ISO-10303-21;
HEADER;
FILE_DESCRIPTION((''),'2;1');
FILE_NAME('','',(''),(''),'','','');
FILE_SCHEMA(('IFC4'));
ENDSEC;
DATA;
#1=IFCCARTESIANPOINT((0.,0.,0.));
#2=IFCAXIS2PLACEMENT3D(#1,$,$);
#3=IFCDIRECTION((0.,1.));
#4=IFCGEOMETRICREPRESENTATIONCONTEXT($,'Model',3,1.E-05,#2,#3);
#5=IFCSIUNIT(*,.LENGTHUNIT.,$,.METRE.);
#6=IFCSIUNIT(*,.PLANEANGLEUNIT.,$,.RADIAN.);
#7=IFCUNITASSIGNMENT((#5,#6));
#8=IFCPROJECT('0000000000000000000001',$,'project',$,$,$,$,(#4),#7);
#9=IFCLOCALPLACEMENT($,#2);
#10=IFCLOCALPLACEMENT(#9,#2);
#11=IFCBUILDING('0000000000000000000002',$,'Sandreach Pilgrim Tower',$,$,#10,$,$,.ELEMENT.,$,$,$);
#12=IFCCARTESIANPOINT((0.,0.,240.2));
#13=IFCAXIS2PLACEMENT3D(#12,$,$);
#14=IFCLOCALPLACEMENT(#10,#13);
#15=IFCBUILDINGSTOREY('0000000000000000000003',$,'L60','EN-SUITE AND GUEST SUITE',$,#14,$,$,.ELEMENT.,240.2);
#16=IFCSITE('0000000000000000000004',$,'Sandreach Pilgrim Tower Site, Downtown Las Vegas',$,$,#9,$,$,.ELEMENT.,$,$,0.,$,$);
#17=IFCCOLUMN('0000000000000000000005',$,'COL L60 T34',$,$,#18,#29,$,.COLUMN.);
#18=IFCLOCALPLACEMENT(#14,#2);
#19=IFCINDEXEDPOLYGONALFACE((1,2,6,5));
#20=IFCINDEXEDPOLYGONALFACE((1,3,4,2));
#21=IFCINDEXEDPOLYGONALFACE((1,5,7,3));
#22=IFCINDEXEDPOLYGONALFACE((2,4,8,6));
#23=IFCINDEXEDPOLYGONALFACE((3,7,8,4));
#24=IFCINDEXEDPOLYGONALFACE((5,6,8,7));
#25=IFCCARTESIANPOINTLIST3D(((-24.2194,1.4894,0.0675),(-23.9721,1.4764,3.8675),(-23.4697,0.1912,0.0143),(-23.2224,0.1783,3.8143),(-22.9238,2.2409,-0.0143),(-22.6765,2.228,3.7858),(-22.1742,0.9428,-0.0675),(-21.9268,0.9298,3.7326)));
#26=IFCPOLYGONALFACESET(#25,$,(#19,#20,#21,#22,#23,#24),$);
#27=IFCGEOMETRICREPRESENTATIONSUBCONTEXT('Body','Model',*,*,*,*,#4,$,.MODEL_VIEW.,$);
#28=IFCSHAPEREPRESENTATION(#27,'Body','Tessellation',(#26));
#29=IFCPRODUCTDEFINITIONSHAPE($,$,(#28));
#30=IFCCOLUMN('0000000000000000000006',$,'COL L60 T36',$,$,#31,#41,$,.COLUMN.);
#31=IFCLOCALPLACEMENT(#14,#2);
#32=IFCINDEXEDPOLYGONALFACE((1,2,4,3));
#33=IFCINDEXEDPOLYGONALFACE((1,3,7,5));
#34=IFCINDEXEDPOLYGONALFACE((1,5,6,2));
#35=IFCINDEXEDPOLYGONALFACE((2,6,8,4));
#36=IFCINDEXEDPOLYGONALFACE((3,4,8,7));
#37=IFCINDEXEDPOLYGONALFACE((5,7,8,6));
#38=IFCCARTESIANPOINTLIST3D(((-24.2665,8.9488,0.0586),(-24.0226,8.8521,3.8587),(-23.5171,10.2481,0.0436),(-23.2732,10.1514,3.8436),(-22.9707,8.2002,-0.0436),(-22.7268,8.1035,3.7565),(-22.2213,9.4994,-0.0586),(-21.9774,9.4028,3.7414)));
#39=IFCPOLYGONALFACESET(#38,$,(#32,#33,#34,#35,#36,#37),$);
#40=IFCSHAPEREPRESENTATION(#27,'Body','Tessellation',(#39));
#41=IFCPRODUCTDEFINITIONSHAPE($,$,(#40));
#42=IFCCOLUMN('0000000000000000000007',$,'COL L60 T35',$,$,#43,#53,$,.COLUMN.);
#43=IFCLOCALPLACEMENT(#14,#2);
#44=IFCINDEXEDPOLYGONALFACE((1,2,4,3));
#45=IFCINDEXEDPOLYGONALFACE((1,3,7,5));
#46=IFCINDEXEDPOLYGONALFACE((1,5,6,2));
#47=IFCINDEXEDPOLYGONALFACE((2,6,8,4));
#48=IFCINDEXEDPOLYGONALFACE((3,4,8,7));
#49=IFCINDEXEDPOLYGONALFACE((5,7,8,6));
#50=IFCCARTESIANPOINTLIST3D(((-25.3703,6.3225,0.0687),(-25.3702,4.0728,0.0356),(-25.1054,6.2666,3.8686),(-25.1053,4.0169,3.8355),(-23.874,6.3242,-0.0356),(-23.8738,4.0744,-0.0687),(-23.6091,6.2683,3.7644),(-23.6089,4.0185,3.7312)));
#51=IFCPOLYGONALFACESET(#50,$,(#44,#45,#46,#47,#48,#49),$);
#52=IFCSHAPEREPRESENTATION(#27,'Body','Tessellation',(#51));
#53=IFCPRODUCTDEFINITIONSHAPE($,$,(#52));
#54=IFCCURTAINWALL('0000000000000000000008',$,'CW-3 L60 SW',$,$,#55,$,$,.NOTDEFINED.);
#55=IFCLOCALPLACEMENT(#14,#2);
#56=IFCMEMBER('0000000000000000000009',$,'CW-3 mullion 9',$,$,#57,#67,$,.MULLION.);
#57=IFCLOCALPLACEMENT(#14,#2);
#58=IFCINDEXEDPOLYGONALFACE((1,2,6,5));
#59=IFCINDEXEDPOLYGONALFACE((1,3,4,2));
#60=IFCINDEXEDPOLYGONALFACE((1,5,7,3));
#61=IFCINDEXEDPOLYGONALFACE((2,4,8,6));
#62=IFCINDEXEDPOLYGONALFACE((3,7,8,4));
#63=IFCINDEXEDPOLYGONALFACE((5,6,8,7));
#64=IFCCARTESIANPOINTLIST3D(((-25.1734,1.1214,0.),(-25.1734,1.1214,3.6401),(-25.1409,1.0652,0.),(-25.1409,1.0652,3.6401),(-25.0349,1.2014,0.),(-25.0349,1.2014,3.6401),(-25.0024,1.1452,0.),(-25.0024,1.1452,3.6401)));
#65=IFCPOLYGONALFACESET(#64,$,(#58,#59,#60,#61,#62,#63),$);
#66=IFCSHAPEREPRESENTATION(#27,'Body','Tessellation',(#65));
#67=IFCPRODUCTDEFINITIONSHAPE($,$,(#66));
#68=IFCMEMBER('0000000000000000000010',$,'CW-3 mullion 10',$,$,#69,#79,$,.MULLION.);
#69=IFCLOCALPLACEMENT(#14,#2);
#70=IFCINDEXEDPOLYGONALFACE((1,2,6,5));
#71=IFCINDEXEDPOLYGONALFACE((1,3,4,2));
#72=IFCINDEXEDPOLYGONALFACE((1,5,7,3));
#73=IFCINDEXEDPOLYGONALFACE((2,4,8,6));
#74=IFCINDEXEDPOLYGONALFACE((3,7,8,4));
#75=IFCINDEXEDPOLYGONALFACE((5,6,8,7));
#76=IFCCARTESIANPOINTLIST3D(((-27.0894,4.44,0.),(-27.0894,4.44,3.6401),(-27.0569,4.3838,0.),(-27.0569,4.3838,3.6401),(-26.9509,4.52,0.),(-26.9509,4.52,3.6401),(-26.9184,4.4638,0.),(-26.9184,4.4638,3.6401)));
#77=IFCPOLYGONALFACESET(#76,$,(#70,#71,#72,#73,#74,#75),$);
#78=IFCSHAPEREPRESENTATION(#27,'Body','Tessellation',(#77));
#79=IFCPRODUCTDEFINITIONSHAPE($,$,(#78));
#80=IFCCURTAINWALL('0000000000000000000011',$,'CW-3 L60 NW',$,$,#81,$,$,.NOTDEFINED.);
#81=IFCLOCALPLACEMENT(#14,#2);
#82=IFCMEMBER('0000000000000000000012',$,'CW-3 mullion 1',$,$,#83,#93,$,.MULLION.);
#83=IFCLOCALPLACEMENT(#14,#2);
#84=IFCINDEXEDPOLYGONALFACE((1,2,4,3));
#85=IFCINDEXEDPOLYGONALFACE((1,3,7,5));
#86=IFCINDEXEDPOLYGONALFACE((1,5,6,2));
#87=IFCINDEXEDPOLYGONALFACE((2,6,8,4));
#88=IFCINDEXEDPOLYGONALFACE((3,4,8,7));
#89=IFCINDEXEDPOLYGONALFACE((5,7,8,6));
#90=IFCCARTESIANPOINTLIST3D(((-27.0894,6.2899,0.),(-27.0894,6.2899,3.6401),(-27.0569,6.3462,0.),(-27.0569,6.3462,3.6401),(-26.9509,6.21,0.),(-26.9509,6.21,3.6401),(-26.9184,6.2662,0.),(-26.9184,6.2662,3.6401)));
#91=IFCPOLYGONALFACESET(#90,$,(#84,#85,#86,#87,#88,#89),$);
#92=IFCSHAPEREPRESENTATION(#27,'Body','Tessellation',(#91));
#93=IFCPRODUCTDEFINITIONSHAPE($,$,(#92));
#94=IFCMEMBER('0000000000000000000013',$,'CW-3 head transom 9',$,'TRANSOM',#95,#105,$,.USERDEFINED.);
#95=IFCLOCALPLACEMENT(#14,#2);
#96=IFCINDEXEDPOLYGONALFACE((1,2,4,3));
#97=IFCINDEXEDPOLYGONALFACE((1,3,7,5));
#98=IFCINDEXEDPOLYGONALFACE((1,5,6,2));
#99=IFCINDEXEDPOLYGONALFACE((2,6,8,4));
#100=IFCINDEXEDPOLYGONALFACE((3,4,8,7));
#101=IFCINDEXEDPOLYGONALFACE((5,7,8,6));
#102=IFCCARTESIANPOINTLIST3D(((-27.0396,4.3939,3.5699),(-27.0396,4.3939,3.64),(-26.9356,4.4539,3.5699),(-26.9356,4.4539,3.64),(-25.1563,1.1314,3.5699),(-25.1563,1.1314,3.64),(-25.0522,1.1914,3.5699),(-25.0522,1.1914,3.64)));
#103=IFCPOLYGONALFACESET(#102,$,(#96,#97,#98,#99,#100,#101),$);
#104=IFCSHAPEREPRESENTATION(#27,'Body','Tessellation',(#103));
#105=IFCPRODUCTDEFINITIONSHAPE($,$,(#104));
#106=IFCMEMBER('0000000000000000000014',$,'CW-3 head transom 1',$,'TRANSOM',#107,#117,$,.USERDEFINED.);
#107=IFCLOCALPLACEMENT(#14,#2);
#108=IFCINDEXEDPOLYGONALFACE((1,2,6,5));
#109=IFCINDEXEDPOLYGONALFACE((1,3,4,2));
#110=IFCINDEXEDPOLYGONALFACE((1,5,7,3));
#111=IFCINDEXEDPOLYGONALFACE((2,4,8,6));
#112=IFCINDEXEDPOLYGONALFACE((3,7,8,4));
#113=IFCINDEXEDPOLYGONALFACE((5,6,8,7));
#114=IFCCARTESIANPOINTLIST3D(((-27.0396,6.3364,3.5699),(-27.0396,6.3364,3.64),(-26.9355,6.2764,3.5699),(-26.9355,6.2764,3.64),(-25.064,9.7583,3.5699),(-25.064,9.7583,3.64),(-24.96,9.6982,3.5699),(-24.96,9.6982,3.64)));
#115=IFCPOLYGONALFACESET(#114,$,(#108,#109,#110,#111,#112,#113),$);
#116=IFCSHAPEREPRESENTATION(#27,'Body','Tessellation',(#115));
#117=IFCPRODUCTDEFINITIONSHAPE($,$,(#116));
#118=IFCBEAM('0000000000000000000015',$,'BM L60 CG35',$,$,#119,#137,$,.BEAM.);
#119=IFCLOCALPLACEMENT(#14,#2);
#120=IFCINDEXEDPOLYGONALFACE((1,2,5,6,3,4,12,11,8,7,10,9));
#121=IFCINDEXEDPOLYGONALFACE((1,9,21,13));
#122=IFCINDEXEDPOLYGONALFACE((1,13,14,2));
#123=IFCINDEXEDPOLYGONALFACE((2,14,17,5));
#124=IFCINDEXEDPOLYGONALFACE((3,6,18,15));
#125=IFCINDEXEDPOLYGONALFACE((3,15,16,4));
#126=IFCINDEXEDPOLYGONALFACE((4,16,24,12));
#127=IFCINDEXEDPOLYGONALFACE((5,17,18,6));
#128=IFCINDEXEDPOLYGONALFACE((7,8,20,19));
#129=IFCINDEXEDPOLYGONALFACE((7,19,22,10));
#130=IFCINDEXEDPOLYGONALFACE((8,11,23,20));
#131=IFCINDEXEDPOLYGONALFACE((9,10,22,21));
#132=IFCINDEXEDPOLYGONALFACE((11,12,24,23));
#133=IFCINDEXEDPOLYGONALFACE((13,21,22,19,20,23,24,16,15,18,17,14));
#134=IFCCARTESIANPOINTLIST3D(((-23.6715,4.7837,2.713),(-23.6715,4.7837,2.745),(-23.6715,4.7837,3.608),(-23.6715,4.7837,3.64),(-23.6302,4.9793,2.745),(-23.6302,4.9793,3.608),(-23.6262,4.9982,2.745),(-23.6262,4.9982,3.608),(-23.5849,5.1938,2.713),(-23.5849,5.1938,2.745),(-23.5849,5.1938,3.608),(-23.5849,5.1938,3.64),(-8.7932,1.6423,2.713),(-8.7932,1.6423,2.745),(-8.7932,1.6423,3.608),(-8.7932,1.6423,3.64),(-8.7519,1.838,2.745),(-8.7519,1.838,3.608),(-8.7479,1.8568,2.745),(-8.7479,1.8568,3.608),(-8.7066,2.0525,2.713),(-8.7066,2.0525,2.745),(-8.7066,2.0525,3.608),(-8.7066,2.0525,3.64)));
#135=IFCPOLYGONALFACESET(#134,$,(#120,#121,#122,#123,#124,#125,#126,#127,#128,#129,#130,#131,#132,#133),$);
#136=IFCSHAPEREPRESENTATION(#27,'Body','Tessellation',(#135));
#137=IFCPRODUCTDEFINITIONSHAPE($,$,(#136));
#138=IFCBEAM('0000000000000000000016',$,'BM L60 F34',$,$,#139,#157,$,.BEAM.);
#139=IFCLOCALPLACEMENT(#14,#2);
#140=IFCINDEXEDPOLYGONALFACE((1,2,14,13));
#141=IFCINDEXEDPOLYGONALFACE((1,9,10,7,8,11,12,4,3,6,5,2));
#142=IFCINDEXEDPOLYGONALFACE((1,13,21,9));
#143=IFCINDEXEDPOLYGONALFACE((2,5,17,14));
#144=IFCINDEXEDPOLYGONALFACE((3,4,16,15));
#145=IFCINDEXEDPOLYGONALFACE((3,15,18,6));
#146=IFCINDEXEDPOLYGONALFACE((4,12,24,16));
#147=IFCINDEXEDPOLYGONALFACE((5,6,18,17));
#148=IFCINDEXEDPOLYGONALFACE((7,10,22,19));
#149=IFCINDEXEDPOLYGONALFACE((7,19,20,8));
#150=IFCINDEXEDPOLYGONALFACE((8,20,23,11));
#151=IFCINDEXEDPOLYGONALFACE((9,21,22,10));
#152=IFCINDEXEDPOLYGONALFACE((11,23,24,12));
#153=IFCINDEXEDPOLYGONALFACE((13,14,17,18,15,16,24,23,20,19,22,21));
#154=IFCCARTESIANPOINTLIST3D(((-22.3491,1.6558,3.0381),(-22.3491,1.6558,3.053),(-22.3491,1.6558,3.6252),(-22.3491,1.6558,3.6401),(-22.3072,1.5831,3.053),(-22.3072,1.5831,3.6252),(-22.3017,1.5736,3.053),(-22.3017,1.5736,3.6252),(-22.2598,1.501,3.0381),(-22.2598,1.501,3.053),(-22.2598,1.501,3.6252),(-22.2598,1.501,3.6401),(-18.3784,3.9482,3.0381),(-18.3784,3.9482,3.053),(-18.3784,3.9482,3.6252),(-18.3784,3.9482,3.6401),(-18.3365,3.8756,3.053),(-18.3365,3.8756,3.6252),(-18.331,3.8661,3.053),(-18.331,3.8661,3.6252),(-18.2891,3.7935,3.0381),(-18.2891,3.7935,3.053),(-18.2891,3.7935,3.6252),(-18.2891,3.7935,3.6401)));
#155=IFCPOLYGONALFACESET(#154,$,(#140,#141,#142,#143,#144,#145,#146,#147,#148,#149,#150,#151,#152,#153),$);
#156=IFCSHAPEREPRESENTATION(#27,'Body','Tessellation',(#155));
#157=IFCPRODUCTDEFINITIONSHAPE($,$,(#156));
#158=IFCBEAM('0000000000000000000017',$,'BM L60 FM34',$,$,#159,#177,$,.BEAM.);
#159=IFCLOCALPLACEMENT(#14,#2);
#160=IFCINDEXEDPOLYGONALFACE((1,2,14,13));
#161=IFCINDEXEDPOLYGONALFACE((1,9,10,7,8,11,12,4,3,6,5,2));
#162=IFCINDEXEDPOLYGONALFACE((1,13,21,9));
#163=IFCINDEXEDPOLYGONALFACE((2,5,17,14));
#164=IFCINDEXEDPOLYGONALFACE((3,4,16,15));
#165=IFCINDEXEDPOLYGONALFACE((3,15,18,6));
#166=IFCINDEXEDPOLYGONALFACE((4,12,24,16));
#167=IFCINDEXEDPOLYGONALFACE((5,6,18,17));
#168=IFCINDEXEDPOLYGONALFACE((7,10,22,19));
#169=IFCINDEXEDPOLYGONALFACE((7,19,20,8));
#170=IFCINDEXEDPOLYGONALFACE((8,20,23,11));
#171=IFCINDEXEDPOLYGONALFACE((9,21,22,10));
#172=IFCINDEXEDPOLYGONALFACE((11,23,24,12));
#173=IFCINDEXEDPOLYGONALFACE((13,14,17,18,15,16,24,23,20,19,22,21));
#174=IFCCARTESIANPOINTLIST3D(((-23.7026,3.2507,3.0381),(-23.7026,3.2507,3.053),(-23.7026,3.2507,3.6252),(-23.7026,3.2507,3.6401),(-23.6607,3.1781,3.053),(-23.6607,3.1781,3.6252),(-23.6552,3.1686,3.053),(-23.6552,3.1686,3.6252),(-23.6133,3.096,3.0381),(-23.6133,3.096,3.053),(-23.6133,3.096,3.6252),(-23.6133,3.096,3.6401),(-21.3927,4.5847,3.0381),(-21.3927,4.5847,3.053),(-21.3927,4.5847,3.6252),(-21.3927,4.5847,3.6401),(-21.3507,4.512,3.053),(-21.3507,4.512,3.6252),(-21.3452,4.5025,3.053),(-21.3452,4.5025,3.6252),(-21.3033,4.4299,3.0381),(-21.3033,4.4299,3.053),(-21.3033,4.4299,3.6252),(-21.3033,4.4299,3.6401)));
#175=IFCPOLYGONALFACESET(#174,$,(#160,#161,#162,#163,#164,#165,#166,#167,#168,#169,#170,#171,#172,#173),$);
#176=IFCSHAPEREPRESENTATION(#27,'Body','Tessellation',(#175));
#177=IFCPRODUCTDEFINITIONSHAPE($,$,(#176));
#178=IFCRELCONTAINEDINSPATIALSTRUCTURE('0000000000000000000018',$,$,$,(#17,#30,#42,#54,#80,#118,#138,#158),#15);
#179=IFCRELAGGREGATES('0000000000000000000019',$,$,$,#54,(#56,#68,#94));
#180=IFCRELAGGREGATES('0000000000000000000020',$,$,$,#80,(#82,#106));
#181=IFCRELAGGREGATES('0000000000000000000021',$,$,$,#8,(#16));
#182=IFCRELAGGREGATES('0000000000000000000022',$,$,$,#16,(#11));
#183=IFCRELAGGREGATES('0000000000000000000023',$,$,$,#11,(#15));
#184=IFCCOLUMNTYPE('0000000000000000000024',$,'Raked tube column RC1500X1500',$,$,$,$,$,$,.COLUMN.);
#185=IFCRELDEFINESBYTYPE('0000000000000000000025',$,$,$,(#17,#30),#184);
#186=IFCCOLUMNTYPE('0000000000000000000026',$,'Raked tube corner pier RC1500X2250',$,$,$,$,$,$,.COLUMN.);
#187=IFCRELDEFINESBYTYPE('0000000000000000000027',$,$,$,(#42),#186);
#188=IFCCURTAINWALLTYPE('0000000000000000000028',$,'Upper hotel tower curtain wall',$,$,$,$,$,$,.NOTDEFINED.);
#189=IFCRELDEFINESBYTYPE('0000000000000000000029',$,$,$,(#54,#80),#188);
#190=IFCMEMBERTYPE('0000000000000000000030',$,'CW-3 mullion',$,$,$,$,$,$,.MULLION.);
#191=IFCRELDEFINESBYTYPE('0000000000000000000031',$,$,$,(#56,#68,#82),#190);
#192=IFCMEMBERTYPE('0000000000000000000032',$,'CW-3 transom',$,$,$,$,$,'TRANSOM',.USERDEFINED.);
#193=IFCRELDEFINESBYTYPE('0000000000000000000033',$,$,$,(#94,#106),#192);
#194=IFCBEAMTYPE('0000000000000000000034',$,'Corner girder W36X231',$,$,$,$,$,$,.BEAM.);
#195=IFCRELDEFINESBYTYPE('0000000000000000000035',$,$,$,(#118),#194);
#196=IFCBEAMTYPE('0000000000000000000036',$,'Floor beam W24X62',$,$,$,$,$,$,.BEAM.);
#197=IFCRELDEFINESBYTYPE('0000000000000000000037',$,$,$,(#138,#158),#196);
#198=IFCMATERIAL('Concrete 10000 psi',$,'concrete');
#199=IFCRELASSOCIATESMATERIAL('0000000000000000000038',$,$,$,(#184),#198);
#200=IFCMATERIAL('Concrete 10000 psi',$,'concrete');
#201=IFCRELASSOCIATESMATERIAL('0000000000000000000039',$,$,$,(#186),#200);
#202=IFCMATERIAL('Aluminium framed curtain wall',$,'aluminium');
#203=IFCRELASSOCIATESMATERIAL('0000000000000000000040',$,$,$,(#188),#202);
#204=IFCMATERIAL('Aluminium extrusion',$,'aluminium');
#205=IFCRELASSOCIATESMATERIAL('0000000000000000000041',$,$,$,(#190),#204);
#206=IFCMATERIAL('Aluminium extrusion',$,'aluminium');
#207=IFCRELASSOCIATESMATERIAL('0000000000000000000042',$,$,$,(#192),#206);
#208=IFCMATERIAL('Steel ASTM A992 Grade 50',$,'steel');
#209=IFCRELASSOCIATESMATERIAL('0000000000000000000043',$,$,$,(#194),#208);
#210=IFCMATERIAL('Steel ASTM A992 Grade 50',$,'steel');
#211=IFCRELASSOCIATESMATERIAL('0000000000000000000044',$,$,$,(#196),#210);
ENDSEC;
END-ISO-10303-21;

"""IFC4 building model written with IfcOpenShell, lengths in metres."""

from ifc_helpers import new_model, si_unit, direction, frame, origin, origin_2d, place, context, subcontext, project, spatial, rectangle, i_section, extrude, material, material_profile, profile_set, type_object, element, aggregate, save


model = new_model("IFC4")

# Units and contexts
model_context = context("Model", 3, precision=1e-05, world=origin(), true_north=direction((0.0, 1.0)))
body_context = subcontext(model_context, "Body", "Model", "MODEL_VIEW")
ifc_project = project(units=[si_unit("LENGTHUNIT", "METRE"), si_unit("PLANEANGLEUNIT", "RADIAN")], contexts=[model_context])

# Site, building, storey
site_placement = place(None, origin())
site = spatial("IfcSite", under=ifc_project, at=site_placement, Name="Sandreach Pilgrim Tower Site, Downtown Las Vegas", CompositionType="ELEMENT", RefElevation=0.0)
building_placement = place(site_placement, origin())
building = spatial("IfcBuilding", under=site, at=building_placement, Name="Sandreach Pilgrim Tower", CompositionType="ELEMENT")
storey_placement = place(building_placement, frame((0.0, 0.0, 240.2)))
storey = spatial("IfcBuildingStorey", under=building, at=storey_placement, Name="L60", Description="EN-SUITE AND GUEST SUITE", CompositionType="ELEMENT", Elevation=240.2)

# Columns
ifc_material_1 = material(Name="Concrete 10000 psi", Category="concrete")
ifc_material_profile_1 = material_profile(ifc_material_1, rectangle(XDim=1.5, YDim=1.5, at=origin_2d()), Name="RC1500X1500")
ifc_profile_set_1 = profile_set([ifc_material_profile_1], Name="Concrete 10000 psi")
column_type_1 = type_object("IfcColumnType", Name="Raked tube column RC1500X1500", PredefinedType="COLUMN", material=ifc_profile_set_1)
column_1_placement = place(storey_placement, frame((-23.1968, 1.2161, 0.0), z_axis=(0.064944, -0.003398, 0.997883), x_axis=(-0.863717, -0.50102, 0.054506)))
element("IfcColumn", 1, at=column_1_placement, inside=storey, type_object=column_type_1, Name="COL L60 T34", PredefinedType="COLUMN", context=body_context, shape_type="SweptSolid", body=[
    extrude(rectangle(XDim=1.5, YDim=1.5, at=origin_2d()), origin(), (0.0, 0.0, 1.0), 3.8081),
])
column_2_placement = place(storey_placement, frame((-23.2439, 9.2241, 0.0), z_axis=(0.06403, -0.025381, 0.997625), x_axis=(-0.863863, 0.499096, 0.068143)))
element("IfcColumn", 2, at=column_2_placement, inside=storey, type_object=column_type_1, Name="COL L60 T36", PredefinedType="COLUMN", context=body_context, shape_type="SweptSolid", body=[
    extrude(rectangle(XDim=1.5, YDim=1.5, at=origin_2d()), origin(), (0.0, 0.0, 1.0), 3.8091),
])
ifc_material_2 = material(Name="Concrete 10000 psi", Category="concrete")
ifc_material_profile_2 = material_profile(ifc_material_2, rectangle(XDim=1.5, YDim=2.25, at=origin_2d()), Name="RC1500X2250")
ifc_profile_set_2 = profile_set([ifc_material_profile_2], Name="Concrete 10000 psi")
column_type_2 = type_object("IfcColumnType", Name="Raked tube corner pier RC1500X2250", PredefinedType="COLUMN", material=ifc_profile_set_2)
column_3_placement = place(storey_placement, frame((-24.6221, 5.1985, 0.0), z_axis=(0.069531, -0.014675, 0.997472), x_axis=(-0.99758, -0.001093, 0.069523)))
element("IfcColumn", 3, at=column_3_placement, inside=storey, type_object=column_type_2, Name="COL L60 T35", PredefinedType="COLUMN", context=body_context, shape_type="SweptSolid", body=[
    extrude(rectangle(XDim=1.5, YDim=2.25, at=origin_2d()), origin(), (0.0, 0.0, 1.0), 3.8096),
])

# Curtain wall, members
ifc_material_3 = material(Name="Aluminium framed curtain wall", Category="aluminium")
curtain_wall_type = type_object("IfcCurtainWallType", Name="Upper hotel tower curtain wall", PredefinedType="NOTDEFINED", material=ifc_material_3)
curtain_wall_1_placement = place(storey_placement, origin())
curtain_wall_1 = element("IfcCurtainWall", 4, at=curtain_wall_1_placement, inside=storey, type_object=curtain_wall_type, Name="CW-3 L60 SW", PredefinedType="NOTDEFINED")
ifc_material_4 = material(Name="Aluminium extrusion", Category="aluminium")
ifc_material_profile_3 = material_profile(ifc_material_4, rectangle(XDim=0.0649, YDim=0.1599, at=origin_2d()), Name="CW-3M 65X160")
ifc_profile_set_3 = profile_set([ifc_material_profile_3], Name="Aluminium extrusion")
member_type_1 = type_object("IfcMemberType", Name="CW-3 mullion", PredefinedType="MULLION", material=ifc_profile_set_3)
member_1_placement = place(storey_placement, frame((-25.0879, 1.1333, 0.0), z_axis=(0.0, 0.0, 1.0), x_axis=(-0.5, 0.866025, 0.0)))
member_1 = element("IfcMember", 5, at=member_1_placement, type_object=member_type_1, Name="CW-3 mullion 9", PredefinedType="MULLION", context=body_context, shape_type="SweptSolid", body=[
    extrude(rectangle(XDim=0.0649, YDim=0.1599, at=origin_2d()), origin(), (0.0, 0.0, 1.0), 3.6401),
])
member_2_placement = place(storey_placement, frame((-27.0039, 4.4519, 0.0), z_axis=(0.0, 0.0, 1.0), x_axis=(-0.5, 0.866025, 0.0)))
member_2 = element("IfcMember", 6, at=member_2_placement, type_object=member_type_1, Name="CW-3 mullion 10", PredefinedType="MULLION", context=body_context, shape_type="SweptSolid", body=[
    extrude(rectangle(XDim=0.0649, YDim=0.1599, at=origin_2d()), origin(), (0.0, 0.0, 1.0), 3.6401),
])

# Curtain wall, member
curtain_wall_2_placement = place(storey_placement, origin())
curtain_wall_2 = element("IfcCurtainWall", 7, at=curtain_wall_2_placement, inside=storey, type_object=curtain_wall_type, Name="CW-3 L60 NW", PredefinedType="NOTDEFINED")
member_3_placement = place(storey_placement, frame((-27.0039, 6.2781, 0.0), z_axis=(0.0, 0.0, 1.0), x_axis=(0.5, 0.866025, 0.0)))
member_3 = element("IfcMember", 8, at=member_3_placement, type_object=member_type_1, Name="CW-3 mullion 1", PredefinedType="MULLION", context=body_context, shape_type="SweptSolid", body=[
    extrude(rectangle(XDim=0.0649, YDim=0.1599, at=origin_2d()), origin(), (0.0, 0.0, 1.0), 3.6401),
])

# Members
ifc_material_5 = material(Name="Aluminium extrusion", Category="aluminium")
ifc_material_profile_4 = material_profile(ifc_material_5, rectangle(XDim=0.1201, YDim=0.0701, at=origin_2d()), Name="CW-3T 120X70")
ifc_profile_set_4 = profile_set([ifc_material_profile_4], Name="Aluminium extrusion")
member_type_2 = type_object("IfcMemberType", Name="CW-3 transom", ElementType="TRANSOM", PredefinedType="USERDEFINED", material=ifc_profile_set_4)
member_4_placement = place(storey_placement, frame((-25.1042, 1.1614, 3.605), z_axis=(-0.499945, 0.866057, 0.0), x_axis=(-0.866057, -0.499945, 0.0)))
member_4 = element("IfcMember", 9, at=member_4_placement, type_object=member_type_2, Name="CW-3 head transom 9", ObjectType="TRANSOM", PredefinedType="USERDEFINED", context=body_context, shape_type="SweptSolid", body=[
    extrude(rectangle(XDim=0.1201, YDim=0.0701, at=origin_2d()), origin(), (0.0, 0.0, 1.0), 3.7671),
])
member_5_placement = place(storey_placement, frame((-26.9875, 6.3064, 3.605), z_axis=(0.499993, 0.866029, 0.0), x_axis=(-0.866029, 0.499993, 0.0)))
member_5 = element("IfcMember", 10, at=member_5_placement, type_object=member_type_2, Name="CW-3 head transom 1", ObjectType="TRANSOM", PredefinedType="USERDEFINED", context=body_context, shape_type="SweptSolid", body=[
    extrude(rectangle(XDim=0.1201, YDim=0.0701, at=origin_2d()), origin(), (0.0, 0.0, 1.0), 3.9512),
])

# Beams
ifc_material_6 = material(Name="Steel ASTM A992 Grade 50", Category="steel")
ifc_material_profile_5 = material_profile(ifc_material_6, i_section(OverallWidth=0.4192, OverallDepth=0.927, WebThickness=0.0193, FlangeThickness=0.032, at=origin_2d()), Name="W36X231")
ifc_profile_set_5 = profile_set([ifc_material_profile_5], Name="Steel ASTM A992 Grade 50")
beam_type_1 = type_object("IfcBeamType", Name="Corner girder W36X231", PredefinedType="BEAM", material=ifc_profile_set_5)
beam_1_placement = place(storey_placement, frame((-23.6282, 4.9888, 3.1765), z_axis=(0.978429, -0.206584, 0.0), x_axis=(0.206584, 0.978429, 0.0)))
element("IfcBeam", 11, at=beam_1_placement, inside=storey, type_object=beam_type_1, Name="BM L60 CG35", PredefinedType="BEAM", context=body_context, shape_type="SweptSolid", body=[
    extrude(i_section(OverallWidth=0.4192, OverallDepth=0.927, WebThickness=0.0193, FlangeThickness=0.032, at=origin_2d()), origin(), (0.0, 0.0, 1.0), 15.2063),
])
ifc_material_7 = material(Name="Steel ASTM A992 Grade 50", Category="steel")
ifc_material_profile_6 = material_profile(ifc_material_7, i_section(OverallWidth=0.1787, OverallDepth=0.6021, WebThickness=0.011, FlangeThickness=0.0149, at=origin_2d()), Name="W24X62")
ifc_profile_set_6 = profile_set([ifc_material_profile_6], Name="Steel ASTM A992 Grade 50")
beam_type_2 = type_object("IfcBeamType", Name="Floor beam W24X62", PredefinedType="BEAM", material=ifc_profile_set_6)
beam_2_placement = place(storey_placement, frame((-22.3044, 1.5784, 3.3391), z_axis=(0.866026, 0.499999, 0.0), x_axis=(-0.499999, 0.866026, 0.0)))
element("IfcBeam", 12, at=beam_2_placement, inside=storey, type_object=beam_type_2, Name="BM L60 F34", PredefinedType="BEAM", context=body_context, shape_type="SweptSolid", body=[
    extrude(i_section(OverallWidth=0.1787, OverallDepth=0.6021, WebThickness=0.011, FlangeThickness=0.0149, at=origin_2d()), origin(), (0.0, 0.0, 1.0), 4.585),
])
beam_3_placement = place(storey_placement, frame((-23.658, 3.1733, 3.3391), z_axis=(0.865981, 0.500076, 0.0), x_axis=(-0.500076, 0.865981, 0.0)))
element("IfcBeam", 13, at=beam_3_placement, inside=storey, type_object=beam_type_2, Name="BM L60 FM34", PredefinedType="BEAM", context=body_context, shape_type="SweptSolid", body=[
    extrude(i_section(OverallWidth=0.1787, OverallDepth=0.6021, WebThickness=0.011, FlangeThickness=0.0149, at=origin_2d()), origin(), (0.0, 0.0, 1.0), 2.6675),
])

aggregate(curtain_wall_1, [member_1, member_2, member_4])
aggregate(curtain_wall_2, [member_3, member_5])

save(model, "model.ifc")
